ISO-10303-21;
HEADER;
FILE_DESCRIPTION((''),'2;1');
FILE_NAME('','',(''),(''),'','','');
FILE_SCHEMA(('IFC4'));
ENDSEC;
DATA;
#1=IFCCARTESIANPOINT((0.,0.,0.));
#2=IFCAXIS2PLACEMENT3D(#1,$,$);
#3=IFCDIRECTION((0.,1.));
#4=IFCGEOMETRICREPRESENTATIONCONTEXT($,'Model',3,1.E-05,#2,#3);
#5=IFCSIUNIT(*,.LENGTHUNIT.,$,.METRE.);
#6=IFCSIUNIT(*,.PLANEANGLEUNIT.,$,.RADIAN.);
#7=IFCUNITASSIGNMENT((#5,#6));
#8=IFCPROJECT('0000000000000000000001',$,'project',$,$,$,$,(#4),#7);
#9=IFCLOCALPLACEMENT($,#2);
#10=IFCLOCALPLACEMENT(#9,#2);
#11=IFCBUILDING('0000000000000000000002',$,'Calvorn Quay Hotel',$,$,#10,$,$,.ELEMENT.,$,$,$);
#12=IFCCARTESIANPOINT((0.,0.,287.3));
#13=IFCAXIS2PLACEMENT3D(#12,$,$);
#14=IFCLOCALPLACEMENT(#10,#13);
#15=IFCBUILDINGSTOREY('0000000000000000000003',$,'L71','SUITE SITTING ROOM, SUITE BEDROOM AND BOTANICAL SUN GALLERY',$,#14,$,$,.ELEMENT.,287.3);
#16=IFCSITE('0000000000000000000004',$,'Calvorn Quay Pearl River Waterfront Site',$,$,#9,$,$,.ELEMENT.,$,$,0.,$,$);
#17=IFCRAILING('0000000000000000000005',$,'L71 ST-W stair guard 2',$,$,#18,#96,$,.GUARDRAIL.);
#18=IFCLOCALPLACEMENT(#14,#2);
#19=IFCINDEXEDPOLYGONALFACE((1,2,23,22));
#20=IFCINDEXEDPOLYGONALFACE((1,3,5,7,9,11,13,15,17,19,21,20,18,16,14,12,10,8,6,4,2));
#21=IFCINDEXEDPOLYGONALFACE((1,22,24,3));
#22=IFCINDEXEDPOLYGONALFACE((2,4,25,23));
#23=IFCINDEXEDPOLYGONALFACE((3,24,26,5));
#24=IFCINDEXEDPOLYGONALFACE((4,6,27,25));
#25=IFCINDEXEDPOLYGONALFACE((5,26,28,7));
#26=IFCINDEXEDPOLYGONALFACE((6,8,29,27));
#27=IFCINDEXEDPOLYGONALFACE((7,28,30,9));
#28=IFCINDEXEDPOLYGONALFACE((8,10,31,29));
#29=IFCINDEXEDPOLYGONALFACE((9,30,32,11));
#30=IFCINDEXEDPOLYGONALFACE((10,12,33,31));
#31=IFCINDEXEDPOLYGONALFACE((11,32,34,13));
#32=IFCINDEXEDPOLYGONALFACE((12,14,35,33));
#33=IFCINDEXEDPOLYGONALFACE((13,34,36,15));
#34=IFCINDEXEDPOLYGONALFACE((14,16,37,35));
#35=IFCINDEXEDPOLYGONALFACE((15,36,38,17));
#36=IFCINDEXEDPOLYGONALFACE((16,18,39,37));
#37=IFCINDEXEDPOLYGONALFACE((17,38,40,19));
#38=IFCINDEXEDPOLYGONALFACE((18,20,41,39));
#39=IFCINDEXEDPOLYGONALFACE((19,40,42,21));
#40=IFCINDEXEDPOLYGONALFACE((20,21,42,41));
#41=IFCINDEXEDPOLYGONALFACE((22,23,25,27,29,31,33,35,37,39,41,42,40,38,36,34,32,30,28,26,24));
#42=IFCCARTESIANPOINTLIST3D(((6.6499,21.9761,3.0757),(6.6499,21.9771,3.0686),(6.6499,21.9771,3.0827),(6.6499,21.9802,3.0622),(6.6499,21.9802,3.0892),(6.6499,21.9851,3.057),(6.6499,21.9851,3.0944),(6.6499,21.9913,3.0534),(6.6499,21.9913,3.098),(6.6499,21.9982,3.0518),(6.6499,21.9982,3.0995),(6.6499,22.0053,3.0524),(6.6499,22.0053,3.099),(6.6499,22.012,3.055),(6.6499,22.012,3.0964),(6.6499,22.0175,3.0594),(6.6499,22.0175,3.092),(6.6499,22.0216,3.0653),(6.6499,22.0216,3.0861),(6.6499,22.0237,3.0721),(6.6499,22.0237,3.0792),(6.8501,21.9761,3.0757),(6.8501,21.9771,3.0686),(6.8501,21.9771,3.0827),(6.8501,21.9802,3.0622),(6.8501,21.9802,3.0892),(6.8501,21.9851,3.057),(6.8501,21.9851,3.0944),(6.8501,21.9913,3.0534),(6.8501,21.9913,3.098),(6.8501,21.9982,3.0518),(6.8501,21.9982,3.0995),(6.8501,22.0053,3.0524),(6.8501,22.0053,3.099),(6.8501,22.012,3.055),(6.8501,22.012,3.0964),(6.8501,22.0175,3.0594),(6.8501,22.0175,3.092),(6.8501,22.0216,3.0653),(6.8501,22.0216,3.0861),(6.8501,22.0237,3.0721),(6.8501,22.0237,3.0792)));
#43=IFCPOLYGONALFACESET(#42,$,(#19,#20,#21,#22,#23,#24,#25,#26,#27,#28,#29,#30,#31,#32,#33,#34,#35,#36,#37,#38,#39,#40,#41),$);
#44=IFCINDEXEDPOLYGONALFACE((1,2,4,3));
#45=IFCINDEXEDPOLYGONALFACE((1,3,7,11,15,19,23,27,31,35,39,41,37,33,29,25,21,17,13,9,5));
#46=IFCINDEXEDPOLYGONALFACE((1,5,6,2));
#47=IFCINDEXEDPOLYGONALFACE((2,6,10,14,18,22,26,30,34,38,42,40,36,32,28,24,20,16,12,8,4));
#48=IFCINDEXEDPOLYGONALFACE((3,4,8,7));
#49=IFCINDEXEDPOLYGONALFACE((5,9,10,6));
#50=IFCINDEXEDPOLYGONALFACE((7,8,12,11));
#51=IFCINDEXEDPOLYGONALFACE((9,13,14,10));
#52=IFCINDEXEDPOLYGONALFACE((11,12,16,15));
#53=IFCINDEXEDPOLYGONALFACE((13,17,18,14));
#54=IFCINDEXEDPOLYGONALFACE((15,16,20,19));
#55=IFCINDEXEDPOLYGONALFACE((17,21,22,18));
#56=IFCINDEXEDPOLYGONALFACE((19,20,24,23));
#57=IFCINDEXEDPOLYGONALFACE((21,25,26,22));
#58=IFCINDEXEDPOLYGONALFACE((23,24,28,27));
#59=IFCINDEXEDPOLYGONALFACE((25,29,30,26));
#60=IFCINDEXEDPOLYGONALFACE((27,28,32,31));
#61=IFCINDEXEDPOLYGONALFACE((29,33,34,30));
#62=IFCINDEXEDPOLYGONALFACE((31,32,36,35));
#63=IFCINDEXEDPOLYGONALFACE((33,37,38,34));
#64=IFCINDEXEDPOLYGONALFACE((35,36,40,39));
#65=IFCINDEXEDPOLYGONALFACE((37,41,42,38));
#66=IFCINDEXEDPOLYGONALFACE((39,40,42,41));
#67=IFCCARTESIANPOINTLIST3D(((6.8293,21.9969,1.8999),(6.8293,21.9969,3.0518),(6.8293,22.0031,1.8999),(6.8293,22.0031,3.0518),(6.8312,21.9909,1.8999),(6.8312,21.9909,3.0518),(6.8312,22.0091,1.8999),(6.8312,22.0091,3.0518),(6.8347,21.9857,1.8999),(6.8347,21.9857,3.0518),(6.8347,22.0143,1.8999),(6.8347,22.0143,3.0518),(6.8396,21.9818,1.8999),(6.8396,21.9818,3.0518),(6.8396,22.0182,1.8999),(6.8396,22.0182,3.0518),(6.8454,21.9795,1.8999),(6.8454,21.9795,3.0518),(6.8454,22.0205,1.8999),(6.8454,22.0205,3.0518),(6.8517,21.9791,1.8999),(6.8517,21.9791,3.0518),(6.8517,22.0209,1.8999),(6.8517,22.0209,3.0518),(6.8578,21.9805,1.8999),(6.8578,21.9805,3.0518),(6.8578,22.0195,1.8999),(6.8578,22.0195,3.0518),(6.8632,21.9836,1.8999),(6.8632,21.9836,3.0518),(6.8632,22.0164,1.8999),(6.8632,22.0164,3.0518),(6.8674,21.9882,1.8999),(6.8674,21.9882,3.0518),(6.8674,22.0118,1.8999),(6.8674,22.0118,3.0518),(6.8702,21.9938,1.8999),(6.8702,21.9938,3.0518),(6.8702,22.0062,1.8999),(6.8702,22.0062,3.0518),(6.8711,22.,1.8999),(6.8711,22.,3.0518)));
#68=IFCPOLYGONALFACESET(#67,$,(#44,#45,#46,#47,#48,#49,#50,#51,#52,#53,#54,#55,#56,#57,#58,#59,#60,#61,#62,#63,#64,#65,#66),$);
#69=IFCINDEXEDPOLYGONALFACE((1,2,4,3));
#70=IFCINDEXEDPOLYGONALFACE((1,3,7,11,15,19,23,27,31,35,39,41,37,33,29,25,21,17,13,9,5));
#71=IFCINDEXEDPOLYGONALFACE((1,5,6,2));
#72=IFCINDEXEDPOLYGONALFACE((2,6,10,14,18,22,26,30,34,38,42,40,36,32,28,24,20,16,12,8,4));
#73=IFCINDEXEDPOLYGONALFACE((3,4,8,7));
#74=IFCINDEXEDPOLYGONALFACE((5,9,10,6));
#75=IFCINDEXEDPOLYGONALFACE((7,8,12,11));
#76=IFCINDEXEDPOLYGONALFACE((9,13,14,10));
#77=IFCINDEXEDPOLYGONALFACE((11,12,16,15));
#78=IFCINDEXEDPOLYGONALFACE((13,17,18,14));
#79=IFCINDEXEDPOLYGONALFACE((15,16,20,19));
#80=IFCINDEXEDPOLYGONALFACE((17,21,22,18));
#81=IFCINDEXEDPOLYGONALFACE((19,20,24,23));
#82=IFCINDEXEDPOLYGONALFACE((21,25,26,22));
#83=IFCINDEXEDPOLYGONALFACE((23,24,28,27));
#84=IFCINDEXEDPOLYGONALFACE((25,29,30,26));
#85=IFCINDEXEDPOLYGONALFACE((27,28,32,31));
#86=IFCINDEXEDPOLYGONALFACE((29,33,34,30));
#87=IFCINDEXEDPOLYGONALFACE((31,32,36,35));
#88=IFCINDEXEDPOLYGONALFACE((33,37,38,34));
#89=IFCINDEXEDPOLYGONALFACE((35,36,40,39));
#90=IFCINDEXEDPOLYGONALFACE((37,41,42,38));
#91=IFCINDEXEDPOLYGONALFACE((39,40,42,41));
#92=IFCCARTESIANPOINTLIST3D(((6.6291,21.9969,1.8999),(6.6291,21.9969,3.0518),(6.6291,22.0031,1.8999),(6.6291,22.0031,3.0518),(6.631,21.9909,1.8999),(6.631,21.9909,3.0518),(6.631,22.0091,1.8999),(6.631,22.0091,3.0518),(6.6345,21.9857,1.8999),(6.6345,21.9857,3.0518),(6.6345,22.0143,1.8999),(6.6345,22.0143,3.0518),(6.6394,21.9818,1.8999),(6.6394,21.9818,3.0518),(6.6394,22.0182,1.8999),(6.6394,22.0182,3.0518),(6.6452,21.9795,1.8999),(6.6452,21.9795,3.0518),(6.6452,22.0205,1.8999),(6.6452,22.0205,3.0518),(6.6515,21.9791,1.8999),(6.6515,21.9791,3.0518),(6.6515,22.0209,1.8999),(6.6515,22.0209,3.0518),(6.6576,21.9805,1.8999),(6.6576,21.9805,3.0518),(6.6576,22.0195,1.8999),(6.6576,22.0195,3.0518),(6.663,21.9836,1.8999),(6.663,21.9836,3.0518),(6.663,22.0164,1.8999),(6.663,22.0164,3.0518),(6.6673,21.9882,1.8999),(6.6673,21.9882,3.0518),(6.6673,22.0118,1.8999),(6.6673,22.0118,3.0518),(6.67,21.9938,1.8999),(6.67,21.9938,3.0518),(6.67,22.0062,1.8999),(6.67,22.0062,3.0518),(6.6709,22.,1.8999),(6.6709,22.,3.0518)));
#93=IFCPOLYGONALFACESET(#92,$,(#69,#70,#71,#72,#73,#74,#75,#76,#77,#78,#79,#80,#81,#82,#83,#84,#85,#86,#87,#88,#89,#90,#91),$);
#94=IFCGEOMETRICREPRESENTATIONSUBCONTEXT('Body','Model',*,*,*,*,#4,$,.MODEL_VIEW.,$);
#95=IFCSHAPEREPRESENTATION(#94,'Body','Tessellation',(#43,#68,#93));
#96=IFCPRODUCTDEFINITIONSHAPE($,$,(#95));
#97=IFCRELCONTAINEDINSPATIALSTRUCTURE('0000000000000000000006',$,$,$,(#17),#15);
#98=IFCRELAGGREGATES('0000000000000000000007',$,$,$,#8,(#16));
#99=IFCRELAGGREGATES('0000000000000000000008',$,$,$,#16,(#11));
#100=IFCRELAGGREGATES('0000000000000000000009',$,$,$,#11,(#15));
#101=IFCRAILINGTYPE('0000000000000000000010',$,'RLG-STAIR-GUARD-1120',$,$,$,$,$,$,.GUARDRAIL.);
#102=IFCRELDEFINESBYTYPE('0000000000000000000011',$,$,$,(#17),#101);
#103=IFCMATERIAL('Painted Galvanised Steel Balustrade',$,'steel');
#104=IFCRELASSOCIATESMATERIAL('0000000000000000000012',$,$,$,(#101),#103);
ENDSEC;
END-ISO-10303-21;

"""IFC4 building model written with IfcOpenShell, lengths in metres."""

from ifc_helpers import new_model, si_unit, direction, frame, origin, origin_2d, place, context, subcontext, project, spatial, circle, extrude, material, type_object, element, save


model = new_model("IFC4")

# Units and contexts
model_context = context("Model", 3, precision=1e-05, world=origin(), true_north=direction((0.0, 1.0)))
body_context = subcontext(model_context, "Body", "Model", "MODEL_VIEW")
ifc_project = project(units=[si_unit("LENGTHUNIT", "METRE"), si_unit("PLANEANGLEUNIT", "RADIAN")], contexts=[model_context])

# Site, building, storey
site_placement = place(None, origin())
site = spatial("IfcSite", under=ifc_project, at=site_placement, Name="Calvorn Quay Pearl River Waterfront Site", CompositionType="ELEMENT", RefElevation=0.0)
building_placement = place(site_placement, origin())
building = spatial("IfcBuilding", under=site, at=building_placement, Name="Calvorn Quay Hotel", CompositionType="ELEMENT")
storey_placement = place(building_placement, frame((0.0, 0.0, 287.3)))
storey = spatial("IfcBuildingStorey", under=building, at=storey_placement, Name="L71", Description="SUITE SITTING ROOM, SUITE BEDROOM AND BOTANICAL SUN GALLERY", CompositionType="ELEMENT", Elevation=287.3)

# Railing
ifc_material_1 = material(Name="Painted Galvanised Steel Balustrade", Category="steel")
railing_type_1 = type_object("IfcRailingType", Name="RLG-STAIR-GUARD-1120", PredefinedType="GUARDRAIL", material=ifc_material_1)
railing_1_placement = place(storey_placement, frame((6.8501, 22.0, 1.8999)))
element("IfcRailing", 1, at=railing_1_placement, inside=storey, type_object=railing_type_1, Name="L71 ST-W stair guard 2", PredefinedType="GUARDRAIL", context=body_context, shape_type="SweptSolid", body=[
    extrude(circle(Radius=0.0239, at=origin_2d()), frame((0.0, 0.0, 1.1758), z_axis=(-1.0, 0.0, 0.0), x_axis=(0.0, -1.0, 0.0)), (0.0, 0.0, 1.0), 0.2002),
    extrude(circle(Radius=0.021, at=origin_2d()), origin(), (0.0, 0.0, 1.0), 1.1519),
    extrude(circle(Radius=0.021, at=origin_2d()), frame((-0.2002, 0.0, 0.0)), (0.0, 0.0, 1.0), 1.1519),
])

save(model, "model.ifc")
